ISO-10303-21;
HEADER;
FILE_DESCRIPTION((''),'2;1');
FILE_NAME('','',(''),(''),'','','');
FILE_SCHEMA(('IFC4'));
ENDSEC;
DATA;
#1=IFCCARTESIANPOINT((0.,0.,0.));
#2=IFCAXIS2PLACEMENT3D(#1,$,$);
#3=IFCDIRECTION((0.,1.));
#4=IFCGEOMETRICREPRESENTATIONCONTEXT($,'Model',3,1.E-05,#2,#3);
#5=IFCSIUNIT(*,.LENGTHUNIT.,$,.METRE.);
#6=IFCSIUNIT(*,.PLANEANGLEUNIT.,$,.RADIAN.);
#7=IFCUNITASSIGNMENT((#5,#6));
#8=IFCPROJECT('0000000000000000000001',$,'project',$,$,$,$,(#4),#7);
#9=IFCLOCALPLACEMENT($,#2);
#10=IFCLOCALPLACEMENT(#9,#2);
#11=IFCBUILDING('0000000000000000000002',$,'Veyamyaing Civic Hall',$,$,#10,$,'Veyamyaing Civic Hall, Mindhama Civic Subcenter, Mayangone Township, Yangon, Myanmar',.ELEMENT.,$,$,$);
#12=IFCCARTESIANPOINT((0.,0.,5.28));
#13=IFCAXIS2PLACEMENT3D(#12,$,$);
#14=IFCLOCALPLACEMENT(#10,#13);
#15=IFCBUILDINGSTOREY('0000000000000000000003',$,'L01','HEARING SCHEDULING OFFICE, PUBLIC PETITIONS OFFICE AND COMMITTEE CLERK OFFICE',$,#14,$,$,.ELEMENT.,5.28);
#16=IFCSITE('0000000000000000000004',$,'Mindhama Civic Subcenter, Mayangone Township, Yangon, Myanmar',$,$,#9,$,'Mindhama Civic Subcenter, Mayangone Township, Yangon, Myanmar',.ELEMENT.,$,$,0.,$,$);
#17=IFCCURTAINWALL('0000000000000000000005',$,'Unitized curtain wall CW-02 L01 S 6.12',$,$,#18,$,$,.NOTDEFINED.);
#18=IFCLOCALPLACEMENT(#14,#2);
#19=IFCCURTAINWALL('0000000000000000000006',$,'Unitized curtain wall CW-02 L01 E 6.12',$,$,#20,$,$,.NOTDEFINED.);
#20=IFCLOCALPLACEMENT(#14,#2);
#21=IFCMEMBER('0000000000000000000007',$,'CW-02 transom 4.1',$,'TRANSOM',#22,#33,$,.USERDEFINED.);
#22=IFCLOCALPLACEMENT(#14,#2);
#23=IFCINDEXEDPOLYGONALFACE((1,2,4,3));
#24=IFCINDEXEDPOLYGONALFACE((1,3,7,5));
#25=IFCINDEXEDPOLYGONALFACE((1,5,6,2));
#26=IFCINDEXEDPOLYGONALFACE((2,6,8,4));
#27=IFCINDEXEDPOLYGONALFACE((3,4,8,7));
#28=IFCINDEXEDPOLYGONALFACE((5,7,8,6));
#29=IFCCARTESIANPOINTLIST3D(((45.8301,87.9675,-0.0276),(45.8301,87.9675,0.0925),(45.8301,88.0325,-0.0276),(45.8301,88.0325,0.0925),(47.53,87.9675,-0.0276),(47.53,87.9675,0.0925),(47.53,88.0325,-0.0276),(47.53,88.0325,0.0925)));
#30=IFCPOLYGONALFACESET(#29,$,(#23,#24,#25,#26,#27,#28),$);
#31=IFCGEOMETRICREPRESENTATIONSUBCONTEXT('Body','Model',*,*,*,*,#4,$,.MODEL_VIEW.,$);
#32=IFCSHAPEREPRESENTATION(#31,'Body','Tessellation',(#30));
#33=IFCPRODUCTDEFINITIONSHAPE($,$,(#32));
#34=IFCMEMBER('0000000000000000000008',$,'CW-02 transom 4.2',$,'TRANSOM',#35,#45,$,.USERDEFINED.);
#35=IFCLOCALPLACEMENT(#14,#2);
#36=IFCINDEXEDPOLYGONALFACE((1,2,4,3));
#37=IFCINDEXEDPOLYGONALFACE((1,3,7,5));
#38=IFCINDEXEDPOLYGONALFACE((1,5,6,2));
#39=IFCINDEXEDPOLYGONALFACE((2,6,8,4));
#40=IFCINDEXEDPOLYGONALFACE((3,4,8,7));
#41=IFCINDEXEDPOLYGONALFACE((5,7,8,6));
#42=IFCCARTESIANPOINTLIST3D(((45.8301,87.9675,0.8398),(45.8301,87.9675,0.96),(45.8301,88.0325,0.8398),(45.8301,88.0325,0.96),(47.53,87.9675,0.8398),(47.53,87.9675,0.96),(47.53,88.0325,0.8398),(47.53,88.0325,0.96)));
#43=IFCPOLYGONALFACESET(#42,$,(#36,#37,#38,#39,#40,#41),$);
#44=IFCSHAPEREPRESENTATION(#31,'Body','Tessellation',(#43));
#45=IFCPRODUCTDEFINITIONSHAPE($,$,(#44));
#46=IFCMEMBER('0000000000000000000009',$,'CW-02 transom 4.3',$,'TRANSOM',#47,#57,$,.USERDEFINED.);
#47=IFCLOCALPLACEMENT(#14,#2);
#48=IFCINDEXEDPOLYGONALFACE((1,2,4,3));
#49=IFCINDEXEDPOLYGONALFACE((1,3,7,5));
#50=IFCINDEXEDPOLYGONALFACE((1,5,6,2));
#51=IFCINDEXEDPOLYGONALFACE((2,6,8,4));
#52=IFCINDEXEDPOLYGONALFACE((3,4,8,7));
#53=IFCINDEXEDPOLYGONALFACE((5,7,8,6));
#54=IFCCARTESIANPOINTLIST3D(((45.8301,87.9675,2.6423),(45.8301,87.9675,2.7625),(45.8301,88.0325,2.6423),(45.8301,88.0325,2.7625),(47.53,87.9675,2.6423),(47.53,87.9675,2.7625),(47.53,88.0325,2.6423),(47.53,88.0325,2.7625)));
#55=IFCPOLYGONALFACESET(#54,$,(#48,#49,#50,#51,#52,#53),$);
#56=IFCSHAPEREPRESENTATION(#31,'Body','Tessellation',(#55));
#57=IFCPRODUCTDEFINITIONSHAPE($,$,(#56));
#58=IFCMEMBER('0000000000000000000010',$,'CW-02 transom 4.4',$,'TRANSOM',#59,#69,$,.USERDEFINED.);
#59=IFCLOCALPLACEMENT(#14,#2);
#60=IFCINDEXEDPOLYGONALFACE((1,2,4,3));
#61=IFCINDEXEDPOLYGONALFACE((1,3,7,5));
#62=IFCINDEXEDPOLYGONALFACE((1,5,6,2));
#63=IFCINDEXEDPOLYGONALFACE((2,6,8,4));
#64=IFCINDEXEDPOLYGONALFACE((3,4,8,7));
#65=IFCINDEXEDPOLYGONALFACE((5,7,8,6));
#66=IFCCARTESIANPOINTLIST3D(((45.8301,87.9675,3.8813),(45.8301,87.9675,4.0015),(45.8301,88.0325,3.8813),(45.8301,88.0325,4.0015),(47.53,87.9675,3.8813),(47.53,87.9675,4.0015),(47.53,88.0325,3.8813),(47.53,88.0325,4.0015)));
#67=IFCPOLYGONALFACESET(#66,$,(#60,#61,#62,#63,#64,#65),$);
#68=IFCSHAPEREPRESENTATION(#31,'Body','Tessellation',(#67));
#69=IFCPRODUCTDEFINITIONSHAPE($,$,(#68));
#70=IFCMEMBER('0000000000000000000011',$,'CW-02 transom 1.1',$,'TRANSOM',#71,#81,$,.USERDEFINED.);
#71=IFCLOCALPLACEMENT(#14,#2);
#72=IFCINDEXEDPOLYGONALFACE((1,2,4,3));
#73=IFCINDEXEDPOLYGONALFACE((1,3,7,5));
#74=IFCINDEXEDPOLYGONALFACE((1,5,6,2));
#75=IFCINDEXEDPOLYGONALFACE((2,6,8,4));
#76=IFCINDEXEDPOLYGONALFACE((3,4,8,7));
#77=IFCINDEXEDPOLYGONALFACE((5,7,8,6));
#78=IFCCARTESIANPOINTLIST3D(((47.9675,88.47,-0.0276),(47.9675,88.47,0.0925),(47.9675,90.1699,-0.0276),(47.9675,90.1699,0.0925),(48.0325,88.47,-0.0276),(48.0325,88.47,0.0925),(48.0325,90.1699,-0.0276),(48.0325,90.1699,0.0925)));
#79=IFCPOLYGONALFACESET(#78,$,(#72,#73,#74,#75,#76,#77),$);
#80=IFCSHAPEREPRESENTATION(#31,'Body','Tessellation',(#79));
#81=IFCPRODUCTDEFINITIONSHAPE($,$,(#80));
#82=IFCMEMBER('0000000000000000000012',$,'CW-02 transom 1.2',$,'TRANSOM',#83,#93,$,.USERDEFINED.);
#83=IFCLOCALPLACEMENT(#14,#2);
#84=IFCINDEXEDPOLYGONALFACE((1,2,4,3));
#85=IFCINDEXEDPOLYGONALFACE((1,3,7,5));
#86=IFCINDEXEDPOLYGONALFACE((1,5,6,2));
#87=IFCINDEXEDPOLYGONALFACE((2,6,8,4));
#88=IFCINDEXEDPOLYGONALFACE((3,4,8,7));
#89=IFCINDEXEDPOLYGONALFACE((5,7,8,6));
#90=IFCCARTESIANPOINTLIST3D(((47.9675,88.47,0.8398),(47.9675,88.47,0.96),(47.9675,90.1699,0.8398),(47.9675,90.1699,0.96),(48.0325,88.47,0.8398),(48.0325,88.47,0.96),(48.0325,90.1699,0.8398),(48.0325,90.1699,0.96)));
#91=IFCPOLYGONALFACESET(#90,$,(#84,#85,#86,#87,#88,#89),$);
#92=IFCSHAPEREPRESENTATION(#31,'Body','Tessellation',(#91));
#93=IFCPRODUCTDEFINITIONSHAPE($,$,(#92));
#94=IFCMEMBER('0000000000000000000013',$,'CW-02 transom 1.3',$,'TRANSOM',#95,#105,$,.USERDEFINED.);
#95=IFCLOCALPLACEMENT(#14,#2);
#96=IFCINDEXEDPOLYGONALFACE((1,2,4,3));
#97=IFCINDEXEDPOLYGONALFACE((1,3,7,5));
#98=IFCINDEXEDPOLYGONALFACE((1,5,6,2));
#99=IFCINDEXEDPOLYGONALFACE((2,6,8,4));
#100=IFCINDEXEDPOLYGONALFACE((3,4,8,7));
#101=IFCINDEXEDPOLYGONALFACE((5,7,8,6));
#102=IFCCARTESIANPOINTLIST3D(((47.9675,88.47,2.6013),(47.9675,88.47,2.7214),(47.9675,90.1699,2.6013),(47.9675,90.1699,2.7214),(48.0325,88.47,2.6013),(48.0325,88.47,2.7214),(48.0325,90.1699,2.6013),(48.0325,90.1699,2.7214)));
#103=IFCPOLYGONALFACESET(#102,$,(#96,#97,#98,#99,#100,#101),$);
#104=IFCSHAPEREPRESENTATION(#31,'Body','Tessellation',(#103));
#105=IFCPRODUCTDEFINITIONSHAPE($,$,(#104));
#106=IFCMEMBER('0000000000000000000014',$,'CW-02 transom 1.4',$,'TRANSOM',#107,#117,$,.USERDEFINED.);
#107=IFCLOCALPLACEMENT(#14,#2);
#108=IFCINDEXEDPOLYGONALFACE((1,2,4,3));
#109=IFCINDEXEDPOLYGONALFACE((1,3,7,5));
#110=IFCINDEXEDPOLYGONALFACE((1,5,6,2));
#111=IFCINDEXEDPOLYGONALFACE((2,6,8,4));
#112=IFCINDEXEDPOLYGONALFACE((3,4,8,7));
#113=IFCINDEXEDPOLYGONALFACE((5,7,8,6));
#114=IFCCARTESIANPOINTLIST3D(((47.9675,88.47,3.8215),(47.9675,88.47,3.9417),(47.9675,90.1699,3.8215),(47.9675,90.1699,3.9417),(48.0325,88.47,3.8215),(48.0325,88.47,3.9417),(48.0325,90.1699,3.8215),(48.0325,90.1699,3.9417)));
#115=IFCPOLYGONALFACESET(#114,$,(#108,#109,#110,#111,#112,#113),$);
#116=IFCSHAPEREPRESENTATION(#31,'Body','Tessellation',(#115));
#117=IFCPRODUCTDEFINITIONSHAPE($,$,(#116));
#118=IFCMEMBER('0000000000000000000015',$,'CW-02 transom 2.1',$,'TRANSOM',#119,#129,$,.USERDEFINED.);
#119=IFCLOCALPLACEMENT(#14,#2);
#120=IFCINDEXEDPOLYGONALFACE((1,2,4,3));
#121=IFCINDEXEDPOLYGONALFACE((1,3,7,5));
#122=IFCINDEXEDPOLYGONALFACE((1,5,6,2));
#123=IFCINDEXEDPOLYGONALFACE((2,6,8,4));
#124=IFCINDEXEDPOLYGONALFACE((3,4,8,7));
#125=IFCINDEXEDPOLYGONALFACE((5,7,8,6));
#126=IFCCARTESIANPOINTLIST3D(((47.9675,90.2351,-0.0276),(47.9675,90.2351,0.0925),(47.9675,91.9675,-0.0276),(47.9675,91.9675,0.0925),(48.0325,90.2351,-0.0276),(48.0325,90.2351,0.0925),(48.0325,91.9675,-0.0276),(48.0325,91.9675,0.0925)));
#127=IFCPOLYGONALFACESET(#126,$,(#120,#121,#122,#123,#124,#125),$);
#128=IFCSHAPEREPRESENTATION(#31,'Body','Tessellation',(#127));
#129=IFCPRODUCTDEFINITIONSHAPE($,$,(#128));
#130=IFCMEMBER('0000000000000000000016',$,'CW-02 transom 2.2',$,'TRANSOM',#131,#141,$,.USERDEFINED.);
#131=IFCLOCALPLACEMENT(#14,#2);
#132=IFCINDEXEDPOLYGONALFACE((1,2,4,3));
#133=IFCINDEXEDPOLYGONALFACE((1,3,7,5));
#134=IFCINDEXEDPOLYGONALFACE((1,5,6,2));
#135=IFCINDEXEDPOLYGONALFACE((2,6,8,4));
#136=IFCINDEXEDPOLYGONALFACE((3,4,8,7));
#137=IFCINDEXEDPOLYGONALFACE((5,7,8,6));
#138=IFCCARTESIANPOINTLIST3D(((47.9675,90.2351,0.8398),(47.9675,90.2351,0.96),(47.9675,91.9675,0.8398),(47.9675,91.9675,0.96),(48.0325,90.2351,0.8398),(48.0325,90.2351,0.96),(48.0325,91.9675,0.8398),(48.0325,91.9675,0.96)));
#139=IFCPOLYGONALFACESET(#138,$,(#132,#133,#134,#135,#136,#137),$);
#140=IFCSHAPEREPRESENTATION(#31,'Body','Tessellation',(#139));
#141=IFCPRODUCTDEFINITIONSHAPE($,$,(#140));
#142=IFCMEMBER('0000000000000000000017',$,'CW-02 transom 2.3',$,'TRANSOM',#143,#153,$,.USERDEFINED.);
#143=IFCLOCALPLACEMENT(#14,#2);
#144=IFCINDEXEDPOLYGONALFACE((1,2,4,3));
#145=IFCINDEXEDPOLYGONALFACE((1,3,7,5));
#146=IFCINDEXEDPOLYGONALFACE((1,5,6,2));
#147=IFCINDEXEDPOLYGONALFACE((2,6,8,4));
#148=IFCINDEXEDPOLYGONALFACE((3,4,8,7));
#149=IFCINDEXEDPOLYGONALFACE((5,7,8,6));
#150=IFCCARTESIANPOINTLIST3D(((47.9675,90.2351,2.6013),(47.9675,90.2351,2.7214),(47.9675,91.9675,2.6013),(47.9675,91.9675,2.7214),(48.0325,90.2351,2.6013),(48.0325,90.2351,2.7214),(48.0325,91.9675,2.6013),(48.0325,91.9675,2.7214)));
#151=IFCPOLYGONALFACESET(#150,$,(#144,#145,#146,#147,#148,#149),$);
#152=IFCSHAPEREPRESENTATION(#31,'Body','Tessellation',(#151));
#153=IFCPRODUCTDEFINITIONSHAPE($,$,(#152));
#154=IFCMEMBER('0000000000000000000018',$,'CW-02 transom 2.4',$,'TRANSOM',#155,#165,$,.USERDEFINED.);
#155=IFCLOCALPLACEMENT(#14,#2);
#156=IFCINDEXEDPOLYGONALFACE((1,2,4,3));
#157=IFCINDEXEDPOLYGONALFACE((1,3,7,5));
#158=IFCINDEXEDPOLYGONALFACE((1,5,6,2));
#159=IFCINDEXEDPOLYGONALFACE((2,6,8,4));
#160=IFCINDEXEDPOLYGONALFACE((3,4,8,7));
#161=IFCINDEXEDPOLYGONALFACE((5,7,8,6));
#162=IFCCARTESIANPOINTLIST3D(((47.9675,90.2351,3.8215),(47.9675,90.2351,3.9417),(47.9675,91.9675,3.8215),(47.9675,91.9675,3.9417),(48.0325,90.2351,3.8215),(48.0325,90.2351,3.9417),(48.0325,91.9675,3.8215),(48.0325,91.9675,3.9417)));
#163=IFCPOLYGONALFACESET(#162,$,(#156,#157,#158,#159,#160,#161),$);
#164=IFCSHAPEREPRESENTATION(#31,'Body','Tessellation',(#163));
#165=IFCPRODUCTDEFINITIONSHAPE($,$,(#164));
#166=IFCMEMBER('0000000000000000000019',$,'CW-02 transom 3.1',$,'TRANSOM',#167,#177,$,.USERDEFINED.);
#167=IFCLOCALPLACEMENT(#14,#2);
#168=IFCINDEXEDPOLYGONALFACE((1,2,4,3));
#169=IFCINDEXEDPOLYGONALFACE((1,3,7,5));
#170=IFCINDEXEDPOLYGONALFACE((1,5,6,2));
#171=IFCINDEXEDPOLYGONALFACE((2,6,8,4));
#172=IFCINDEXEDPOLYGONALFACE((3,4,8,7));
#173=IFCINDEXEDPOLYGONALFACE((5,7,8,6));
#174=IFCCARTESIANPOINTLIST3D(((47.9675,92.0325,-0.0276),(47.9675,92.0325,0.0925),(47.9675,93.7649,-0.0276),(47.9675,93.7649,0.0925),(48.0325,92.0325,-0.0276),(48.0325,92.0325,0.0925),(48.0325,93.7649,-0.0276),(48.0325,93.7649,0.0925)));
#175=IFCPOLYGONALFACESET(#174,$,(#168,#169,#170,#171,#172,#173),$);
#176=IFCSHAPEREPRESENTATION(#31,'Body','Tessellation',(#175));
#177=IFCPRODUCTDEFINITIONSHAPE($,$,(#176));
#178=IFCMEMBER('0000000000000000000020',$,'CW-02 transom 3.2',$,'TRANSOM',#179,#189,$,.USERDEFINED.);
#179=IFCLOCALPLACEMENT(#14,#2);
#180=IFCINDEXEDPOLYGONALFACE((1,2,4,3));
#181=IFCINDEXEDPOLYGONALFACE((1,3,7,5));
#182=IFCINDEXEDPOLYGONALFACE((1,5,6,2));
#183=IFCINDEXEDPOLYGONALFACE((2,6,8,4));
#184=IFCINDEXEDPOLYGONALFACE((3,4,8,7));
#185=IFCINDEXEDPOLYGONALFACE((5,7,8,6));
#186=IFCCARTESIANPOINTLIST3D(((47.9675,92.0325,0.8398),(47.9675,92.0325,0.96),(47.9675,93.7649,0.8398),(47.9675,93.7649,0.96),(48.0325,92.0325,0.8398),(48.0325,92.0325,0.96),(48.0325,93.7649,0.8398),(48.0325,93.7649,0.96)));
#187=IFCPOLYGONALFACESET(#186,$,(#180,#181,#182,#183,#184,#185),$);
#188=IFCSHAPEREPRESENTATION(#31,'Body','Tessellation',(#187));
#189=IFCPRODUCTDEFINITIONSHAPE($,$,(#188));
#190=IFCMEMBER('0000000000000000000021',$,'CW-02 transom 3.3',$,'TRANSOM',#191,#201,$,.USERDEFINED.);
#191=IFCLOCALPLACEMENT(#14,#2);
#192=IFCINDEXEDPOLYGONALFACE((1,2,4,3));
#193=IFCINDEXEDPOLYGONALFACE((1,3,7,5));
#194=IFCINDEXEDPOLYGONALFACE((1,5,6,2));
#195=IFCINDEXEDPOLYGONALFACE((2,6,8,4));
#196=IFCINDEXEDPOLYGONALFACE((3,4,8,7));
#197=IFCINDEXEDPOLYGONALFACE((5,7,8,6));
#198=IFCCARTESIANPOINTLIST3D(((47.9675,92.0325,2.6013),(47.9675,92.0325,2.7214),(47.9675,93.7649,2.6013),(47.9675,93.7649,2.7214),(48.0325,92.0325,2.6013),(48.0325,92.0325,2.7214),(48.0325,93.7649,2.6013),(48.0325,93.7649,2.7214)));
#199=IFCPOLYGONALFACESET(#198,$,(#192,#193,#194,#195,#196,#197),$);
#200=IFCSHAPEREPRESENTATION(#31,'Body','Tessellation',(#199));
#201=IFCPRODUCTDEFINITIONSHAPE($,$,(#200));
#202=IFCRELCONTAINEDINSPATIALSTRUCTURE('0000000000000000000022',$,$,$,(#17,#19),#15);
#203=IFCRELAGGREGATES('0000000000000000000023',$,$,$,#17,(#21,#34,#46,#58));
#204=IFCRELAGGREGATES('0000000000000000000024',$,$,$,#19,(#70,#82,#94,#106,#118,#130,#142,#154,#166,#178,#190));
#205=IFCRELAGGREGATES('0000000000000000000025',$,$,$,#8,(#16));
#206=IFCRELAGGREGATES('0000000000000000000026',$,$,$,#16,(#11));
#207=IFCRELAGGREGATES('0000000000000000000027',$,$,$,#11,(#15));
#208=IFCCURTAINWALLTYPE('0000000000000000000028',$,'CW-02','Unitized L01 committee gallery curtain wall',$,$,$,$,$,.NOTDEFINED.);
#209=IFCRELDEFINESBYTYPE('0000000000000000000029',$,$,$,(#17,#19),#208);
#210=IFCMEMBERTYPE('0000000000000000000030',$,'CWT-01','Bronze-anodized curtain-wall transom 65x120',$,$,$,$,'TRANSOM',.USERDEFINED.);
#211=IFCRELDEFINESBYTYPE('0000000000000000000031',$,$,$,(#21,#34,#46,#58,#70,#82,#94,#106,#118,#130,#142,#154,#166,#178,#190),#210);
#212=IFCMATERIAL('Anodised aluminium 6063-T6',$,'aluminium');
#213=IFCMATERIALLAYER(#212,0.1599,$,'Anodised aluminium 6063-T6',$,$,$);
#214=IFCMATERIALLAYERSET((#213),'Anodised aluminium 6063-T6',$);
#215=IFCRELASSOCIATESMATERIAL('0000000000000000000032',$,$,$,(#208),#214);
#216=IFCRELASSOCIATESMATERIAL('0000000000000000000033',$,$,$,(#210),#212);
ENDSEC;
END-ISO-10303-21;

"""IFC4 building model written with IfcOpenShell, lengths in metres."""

from ifc_helpers import new_model, si_unit, direction, frame, origin, origin_2d, place, context, subcontext, project, spatial, rectangle, extrude, material, layer, layer_set, material_profile, profile_set, type_object, element, aggregate, save


model = new_model("IFC4")

# Units and contexts
model_context = context("Model", 3, precision=1e-05, world=origin(), true_north=direction((0.0, 1.0)))
body_context = subcontext(model_context, "Body", "Model", "MODEL_VIEW")
ifc_project = project(units=[si_unit("LENGTHUNIT", "METRE"), si_unit("PLANEANGLEUNIT", "RADIAN")], contexts=[model_context])

# Site, building, storey
site_placement = place(None, origin())
site = spatial("IfcSite", under=ifc_project, at=site_placement, Name="Mindhama Civic Subcenter, Mayangone Township, Yangon, Myanmar", LongName="Mindhama Civic Subcenter, Mayangone Township, Yangon, Myanmar", CompositionType="ELEMENT", RefElevation=0.0)
building_placement = place(site_placement, origin())
building = spatial("IfcBuilding", under=site, at=building_placement, Name="Veyamyaing Civic Hall", LongName="Veyamyaing Civic Hall, Mindhama Civic Subcenter, Mayangone Township, Yangon, Myanmar", CompositionType="ELEMENT")
storey_placement = place(building_placement, frame((0.0, 0.0, 5.28)))
storey = spatial("IfcBuildingStorey", under=building, at=storey_placement, Name="L01", Description="HEARING SCHEDULING OFFICE, PUBLIC PETITIONS OFFICE AND COMMITTEE CLERK OFFICE", CompositionType="ELEMENT", Elevation=5.28)

# Curtain walls
ifc_material_1 = material(Name="Anodised aluminium 6063-T6", Category="aluminium")
ifc_layer_1 = layer(ifc_material_1, 0.1599, Name="Anodised aluminium 6063-T6")
ifc_layer_set_1 = layer_set([ifc_layer_1], Name="Anodised aluminium 6063-T6")
curtain_wall_type = type_object("IfcCurtainWallType", Name="CW-02", Description="Unitized L01 committee gallery curtain wall", PredefinedType="NOTDEFINED", material=ifc_layer_set_1)
curtain_wall_1_placement = place(storey_placement, origin())
curtain_wall_1 = element("IfcCurtainWall", 1, at=curtain_wall_1_placement, inside=storey, type_object=curtain_wall_type, Name="Unitized curtain wall CW-02 L01 S 6.12", PredefinedType="NOTDEFINED")
curtain_wall_2_placement = place(storey_placement, origin())
curtain_wall_2 = element("IfcCurtainWall", 2, at=curtain_wall_2_placement, inside=storey, type_object=curtain_wall_type, Name="Unitized curtain wall CW-02 L01 E 6.12", PredefinedType="NOTDEFINED")

# Members
ifc_material_profile_1 = material_profile(ifc_material_1, rectangle(XDim=0.0649, YDim=0.1201, at=origin_2d()), Name="ALU-TRN-65X120")
ifc_profile_set_1 = profile_set([ifc_material_profile_1], Name="Anodised aluminium 6063-T6")
member_type_1 = type_object("IfcMemberType", Name="CWT-01", Description="Bronze-anodized curtain-wall transom 65x120", ElementType="TRANSOM", PredefinedType="USERDEFINED", material=ifc_profile_set_1)
member_1_placement = place(storey_placement, frame((45.8301, 88.0, 0.0325), z_axis=(1.0, 0.0, 0.0), x_axis=(0.0, 1.0, 0.0)))
member_1 = element("IfcMember", 3, at=member_1_placement, type_object=member_type_1, Name="CW-02 transom 4.1", ObjectType="TRANSOM", PredefinedType="USERDEFINED", context=body_context, shape_type="SweptSolid", body=[
    extrude(rectangle(XDim=0.0649, YDim=0.1201, at=origin_2d()), origin(), (0.0, 0.0, 1.0), 1.7),
])
member_2_placement = place(storey_placement, frame((45.8301, 88.0, 0.8999), z_axis=(1.0, 0.0, 0.0), x_axis=(0.0, 1.0, 0.0)))
member_2 = element("IfcMember", 4, at=member_2_placement, type_object=member_type_1, Name="CW-02 transom 4.2", ObjectType="TRANSOM", PredefinedType="USERDEFINED", context=body_context, shape_type="SweptSolid", body=[
    extrude(rectangle(XDim=0.0649, YDim=0.1201, at=origin_2d()), origin(), (0.0, 0.0, 1.0), 1.7),
])
member_3_placement = place(storey_placement, frame((45.8301, 88.0, 2.7024), z_axis=(1.0, 0.0, 0.0), x_axis=(0.0, 1.0, 0.0)))
member_3 = element("IfcMember", 5, at=member_3_placement, type_object=member_type_1, Name="CW-02 transom 4.3", ObjectType="TRANSOM", PredefinedType="USERDEFINED", context=body_context, shape_type="SweptSolid", body=[
    extrude(rectangle(XDim=0.0649, YDim=0.1201, at=origin_2d()), origin(), (0.0, 0.0, 1.0), 1.7),
])
member_4_placement = place(storey_placement, frame((45.8301, 88.0, 3.9414), z_axis=(1.0, 0.0, 0.0), x_axis=(0.0, 1.0, 0.0)))
member_4 = element("IfcMember", 6, at=member_4_placement, type_object=member_type_1, Name="CW-02 transom 4.4", ObjectType="TRANSOM", PredefinedType="USERDEFINED", context=body_context, shape_type="SweptSolid", body=[
    extrude(rectangle(XDim=0.0649, YDim=0.1201, at=origin_2d()), origin(), (0.0, 0.0, 1.0), 1.7),
])
member_5_placement = place(storey_placement, frame((48.0, 88.47, 0.0325), z_axis=(0.0, 1.0, 0.0), x_axis=(-1.0, 0.0, 0.0)))
member_5 = element("IfcMember", 7, at=member_5_placement, type_object=member_type_1, Name="CW-02 transom 1.1", ObjectType="TRANSOM", PredefinedType="USERDEFINED", context=body_context, shape_type="SweptSolid", body=[
    extrude(rectangle(XDim=0.0649, YDim=0.1201, at=origin_2d()), origin(), (0.0, 0.0, 1.0), 1.7),
])
member_6_placement = place(storey_placement, frame((48.0, 88.47, 0.8999), z_axis=(0.0, 1.0, 0.0), x_axis=(-1.0, 0.0, 0.0)))
member_6 = element("IfcMember", 8, at=member_6_placement, type_object=member_type_1, Name="CW-02 transom 1.2", ObjectType="TRANSOM", PredefinedType="USERDEFINED", context=body_context, shape_type="SweptSolid", body=[
    extrude(rectangle(XDim=0.0649, YDim=0.1201, at=origin_2d()), origin(), (0.0, 0.0, 1.0), 1.7),
])
member_7_placement = place(storey_placement, frame((48.0, 88.47, 2.6614), z_axis=(0.0, 1.0, 0.0), x_axis=(-1.0, 0.0, 0.0)))
member_7 = element("IfcMember", 9, at=member_7_placement, type_object=member_type_1, Name="CW-02 transom 1.3", ObjectType="TRANSOM", PredefinedType="USERDEFINED", context=body_context, shape_type="SweptSolid", body=[
    extrude(rectangle(XDim=0.0649, YDim=0.1201, at=origin_2d()), origin(), (0.0, 0.0, 1.0), 1.7),
])
member_8_placement = place(storey_placement, frame((48.0, 88.47, 3.8816), z_axis=(0.0, 1.0, 0.0), x_axis=(-1.0, 0.0, 0.0)))
member_8 = element("IfcMember", 10, at=member_8_placement, type_object=member_type_1, Name="CW-02 transom 1.4", ObjectType="TRANSOM", PredefinedType="USERDEFINED", context=body_context, shape_type="SweptSolid", body=[
    extrude(rectangle(XDim=0.0649, YDim=0.1201, at=origin_2d()), origin(), (0.0, 0.0, 1.0), 1.7),
])
member_9_placement = place(storey_placement, frame((48.0, 90.2351, 0.0325), z_axis=(0.0, 1.0, 0.0), x_axis=(-1.0, 0.0, 0.0)))
member_9 = element("IfcMember", 11, at=member_9_placement, type_object=member_type_1, Name="CW-02 transom 2.1", ObjectType="TRANSOM", PredefinedType="USERDEFINED", context=body_context, shape_type="SweptSolid", body=[
    extrude(rectangle(XDim=0.0649, YDim=0.1201, at=origin_2d()), origin(), (0.0, 0.0, 1.0), 1.7324),
])
member_10_placement = place(storey_placement, frame((48.0, 90.2351, 0.8999), z_axis=(0.0, 1.0, 0.0), x_axis=(-1.0, 0.0, 0.0)))
member_10 = element("IfcMember", 12, at=member_10_placement, type_object=member_type_1, Name="CW-02 transom 2.2", ObjectType="TRANSOM", PredefinedType="USERDEFINED", context=body_context, shape_type="SweptSolid", body=[
    extrude(rectangle(XDim=0.0649, YDim=0.1201, at=origin_2d()), origin(), (0.0, 0.0, 1.0), 1.7324),
])
member_11_placement = place(storey_placement, frame((48.0, 90.2351, 2.6614), z_axis=(0.0, 1.0, 0.0), x_axis=(-1.0, 0.0, 0.0)))
member_11 = element("IfcMember", 13, at=member_11_placement, type_object=member_type_1, Name="CW-02 transom 2.3", ObjectType="TRANSOM", PredefinedType="USERDEFINED", context=body_context, shape_type="SweptSolid", body=[
    extrude(rectangle(XDim=0.0649, YDim=0.1201, at=origin_2d()), origin(), (0.0, 0.0, 1.0), 1.7324),
])
member_12_placement = place(storey_placement, frame((48.0, 90.2351, 3.8816), z_axis=(0.0, 1.0, 0.0), x_axis=(-1.0, 0.0, 0.0)))
member_12 = element("IfcMember", 14, at=member_12_placement, type_object=member_type_1, Name="CW-02 transom 2.4", ObjectType="TRANSOM", PredefinedType="USERDEFINED", context=body_context, shape_type="SweptSolid", body=[
    extrude(rectangle(XDim=0.0649, YDim=0.1201, at=origin_2d()), origin(), (0.0, 0.0, 1.0), 1.7324),
])
member_13_placement = place(storey_placement, frame((48.0, 92.0325, 0.0325), z_axis=(0.0, 1.0, 0.0), x_axis=(-1.0, 0.0, 0.0)))
member_13 = element("IfcMember", 15, at=member_13_placement, type_object=member_type_1, Name="CW-02 transom 3.1", ObjectType="TRANSOM", PredefinedType="USERDEFINED", context=body_context, shape_type="SweptSolid", body=[
    extrude(rectangle(XDim=0.0649, YDim=0.1201, at=origin_2d()), origin(), (0.0, 0.0, 1.0), 1.7324),
])
member_14_placement = place(storey_placement, frame((48.0, 92.0325, 0.8999), z_axis=(0.0, 1.0, 0.0), x_axis=(-1.0, 0.0, 0.0)))
member_14 = element("IfcMember", 16, at=member_14_placement, type_object=member_type_1, Name="CW-02 transom 3.2", ObjectType="TRANSOM", PredefinedType="USERDEFINED", context=body_context, shape_type="SweptSolid", body=[
    extrude(rectangle(XDim=0.0649, YDim=0.1201, at=origin_2d()), origin(), (0.0, 0.0, 1.0), 1.7324),
])
member_15_placement = place(storey_placement, frame((48.0, 92.0325, 2.6614), z_axis=(0.0, 1.0, 0.0), x_axis=(-1.0, 0.0, 0.0)))
member_15 = element("IfcMember", 17, at=member_15_placement, type_object=member_type_1, Name="CW-02 transom 3.3", ObjectType="TRANSOM", PredefinedType="USERDEFINED", context=body_context, shape_type="SweptSolid", body=[
    extrude(rectangle(XDim=0.0649, YDim=0.1201, at=origin_2d()), origin(), (0.0, 0.0, 1.0), 1.7324),
])

aggregate(curtain_wall_1, [member_1, member_2, member_3, member_4])
aggregate(curtain_wall_2, [member_5, member_6, member_7, member_8, member_9, member_10, member_11, member_12, member_13, member_14, member_15])

save(model, "model.ifc")
